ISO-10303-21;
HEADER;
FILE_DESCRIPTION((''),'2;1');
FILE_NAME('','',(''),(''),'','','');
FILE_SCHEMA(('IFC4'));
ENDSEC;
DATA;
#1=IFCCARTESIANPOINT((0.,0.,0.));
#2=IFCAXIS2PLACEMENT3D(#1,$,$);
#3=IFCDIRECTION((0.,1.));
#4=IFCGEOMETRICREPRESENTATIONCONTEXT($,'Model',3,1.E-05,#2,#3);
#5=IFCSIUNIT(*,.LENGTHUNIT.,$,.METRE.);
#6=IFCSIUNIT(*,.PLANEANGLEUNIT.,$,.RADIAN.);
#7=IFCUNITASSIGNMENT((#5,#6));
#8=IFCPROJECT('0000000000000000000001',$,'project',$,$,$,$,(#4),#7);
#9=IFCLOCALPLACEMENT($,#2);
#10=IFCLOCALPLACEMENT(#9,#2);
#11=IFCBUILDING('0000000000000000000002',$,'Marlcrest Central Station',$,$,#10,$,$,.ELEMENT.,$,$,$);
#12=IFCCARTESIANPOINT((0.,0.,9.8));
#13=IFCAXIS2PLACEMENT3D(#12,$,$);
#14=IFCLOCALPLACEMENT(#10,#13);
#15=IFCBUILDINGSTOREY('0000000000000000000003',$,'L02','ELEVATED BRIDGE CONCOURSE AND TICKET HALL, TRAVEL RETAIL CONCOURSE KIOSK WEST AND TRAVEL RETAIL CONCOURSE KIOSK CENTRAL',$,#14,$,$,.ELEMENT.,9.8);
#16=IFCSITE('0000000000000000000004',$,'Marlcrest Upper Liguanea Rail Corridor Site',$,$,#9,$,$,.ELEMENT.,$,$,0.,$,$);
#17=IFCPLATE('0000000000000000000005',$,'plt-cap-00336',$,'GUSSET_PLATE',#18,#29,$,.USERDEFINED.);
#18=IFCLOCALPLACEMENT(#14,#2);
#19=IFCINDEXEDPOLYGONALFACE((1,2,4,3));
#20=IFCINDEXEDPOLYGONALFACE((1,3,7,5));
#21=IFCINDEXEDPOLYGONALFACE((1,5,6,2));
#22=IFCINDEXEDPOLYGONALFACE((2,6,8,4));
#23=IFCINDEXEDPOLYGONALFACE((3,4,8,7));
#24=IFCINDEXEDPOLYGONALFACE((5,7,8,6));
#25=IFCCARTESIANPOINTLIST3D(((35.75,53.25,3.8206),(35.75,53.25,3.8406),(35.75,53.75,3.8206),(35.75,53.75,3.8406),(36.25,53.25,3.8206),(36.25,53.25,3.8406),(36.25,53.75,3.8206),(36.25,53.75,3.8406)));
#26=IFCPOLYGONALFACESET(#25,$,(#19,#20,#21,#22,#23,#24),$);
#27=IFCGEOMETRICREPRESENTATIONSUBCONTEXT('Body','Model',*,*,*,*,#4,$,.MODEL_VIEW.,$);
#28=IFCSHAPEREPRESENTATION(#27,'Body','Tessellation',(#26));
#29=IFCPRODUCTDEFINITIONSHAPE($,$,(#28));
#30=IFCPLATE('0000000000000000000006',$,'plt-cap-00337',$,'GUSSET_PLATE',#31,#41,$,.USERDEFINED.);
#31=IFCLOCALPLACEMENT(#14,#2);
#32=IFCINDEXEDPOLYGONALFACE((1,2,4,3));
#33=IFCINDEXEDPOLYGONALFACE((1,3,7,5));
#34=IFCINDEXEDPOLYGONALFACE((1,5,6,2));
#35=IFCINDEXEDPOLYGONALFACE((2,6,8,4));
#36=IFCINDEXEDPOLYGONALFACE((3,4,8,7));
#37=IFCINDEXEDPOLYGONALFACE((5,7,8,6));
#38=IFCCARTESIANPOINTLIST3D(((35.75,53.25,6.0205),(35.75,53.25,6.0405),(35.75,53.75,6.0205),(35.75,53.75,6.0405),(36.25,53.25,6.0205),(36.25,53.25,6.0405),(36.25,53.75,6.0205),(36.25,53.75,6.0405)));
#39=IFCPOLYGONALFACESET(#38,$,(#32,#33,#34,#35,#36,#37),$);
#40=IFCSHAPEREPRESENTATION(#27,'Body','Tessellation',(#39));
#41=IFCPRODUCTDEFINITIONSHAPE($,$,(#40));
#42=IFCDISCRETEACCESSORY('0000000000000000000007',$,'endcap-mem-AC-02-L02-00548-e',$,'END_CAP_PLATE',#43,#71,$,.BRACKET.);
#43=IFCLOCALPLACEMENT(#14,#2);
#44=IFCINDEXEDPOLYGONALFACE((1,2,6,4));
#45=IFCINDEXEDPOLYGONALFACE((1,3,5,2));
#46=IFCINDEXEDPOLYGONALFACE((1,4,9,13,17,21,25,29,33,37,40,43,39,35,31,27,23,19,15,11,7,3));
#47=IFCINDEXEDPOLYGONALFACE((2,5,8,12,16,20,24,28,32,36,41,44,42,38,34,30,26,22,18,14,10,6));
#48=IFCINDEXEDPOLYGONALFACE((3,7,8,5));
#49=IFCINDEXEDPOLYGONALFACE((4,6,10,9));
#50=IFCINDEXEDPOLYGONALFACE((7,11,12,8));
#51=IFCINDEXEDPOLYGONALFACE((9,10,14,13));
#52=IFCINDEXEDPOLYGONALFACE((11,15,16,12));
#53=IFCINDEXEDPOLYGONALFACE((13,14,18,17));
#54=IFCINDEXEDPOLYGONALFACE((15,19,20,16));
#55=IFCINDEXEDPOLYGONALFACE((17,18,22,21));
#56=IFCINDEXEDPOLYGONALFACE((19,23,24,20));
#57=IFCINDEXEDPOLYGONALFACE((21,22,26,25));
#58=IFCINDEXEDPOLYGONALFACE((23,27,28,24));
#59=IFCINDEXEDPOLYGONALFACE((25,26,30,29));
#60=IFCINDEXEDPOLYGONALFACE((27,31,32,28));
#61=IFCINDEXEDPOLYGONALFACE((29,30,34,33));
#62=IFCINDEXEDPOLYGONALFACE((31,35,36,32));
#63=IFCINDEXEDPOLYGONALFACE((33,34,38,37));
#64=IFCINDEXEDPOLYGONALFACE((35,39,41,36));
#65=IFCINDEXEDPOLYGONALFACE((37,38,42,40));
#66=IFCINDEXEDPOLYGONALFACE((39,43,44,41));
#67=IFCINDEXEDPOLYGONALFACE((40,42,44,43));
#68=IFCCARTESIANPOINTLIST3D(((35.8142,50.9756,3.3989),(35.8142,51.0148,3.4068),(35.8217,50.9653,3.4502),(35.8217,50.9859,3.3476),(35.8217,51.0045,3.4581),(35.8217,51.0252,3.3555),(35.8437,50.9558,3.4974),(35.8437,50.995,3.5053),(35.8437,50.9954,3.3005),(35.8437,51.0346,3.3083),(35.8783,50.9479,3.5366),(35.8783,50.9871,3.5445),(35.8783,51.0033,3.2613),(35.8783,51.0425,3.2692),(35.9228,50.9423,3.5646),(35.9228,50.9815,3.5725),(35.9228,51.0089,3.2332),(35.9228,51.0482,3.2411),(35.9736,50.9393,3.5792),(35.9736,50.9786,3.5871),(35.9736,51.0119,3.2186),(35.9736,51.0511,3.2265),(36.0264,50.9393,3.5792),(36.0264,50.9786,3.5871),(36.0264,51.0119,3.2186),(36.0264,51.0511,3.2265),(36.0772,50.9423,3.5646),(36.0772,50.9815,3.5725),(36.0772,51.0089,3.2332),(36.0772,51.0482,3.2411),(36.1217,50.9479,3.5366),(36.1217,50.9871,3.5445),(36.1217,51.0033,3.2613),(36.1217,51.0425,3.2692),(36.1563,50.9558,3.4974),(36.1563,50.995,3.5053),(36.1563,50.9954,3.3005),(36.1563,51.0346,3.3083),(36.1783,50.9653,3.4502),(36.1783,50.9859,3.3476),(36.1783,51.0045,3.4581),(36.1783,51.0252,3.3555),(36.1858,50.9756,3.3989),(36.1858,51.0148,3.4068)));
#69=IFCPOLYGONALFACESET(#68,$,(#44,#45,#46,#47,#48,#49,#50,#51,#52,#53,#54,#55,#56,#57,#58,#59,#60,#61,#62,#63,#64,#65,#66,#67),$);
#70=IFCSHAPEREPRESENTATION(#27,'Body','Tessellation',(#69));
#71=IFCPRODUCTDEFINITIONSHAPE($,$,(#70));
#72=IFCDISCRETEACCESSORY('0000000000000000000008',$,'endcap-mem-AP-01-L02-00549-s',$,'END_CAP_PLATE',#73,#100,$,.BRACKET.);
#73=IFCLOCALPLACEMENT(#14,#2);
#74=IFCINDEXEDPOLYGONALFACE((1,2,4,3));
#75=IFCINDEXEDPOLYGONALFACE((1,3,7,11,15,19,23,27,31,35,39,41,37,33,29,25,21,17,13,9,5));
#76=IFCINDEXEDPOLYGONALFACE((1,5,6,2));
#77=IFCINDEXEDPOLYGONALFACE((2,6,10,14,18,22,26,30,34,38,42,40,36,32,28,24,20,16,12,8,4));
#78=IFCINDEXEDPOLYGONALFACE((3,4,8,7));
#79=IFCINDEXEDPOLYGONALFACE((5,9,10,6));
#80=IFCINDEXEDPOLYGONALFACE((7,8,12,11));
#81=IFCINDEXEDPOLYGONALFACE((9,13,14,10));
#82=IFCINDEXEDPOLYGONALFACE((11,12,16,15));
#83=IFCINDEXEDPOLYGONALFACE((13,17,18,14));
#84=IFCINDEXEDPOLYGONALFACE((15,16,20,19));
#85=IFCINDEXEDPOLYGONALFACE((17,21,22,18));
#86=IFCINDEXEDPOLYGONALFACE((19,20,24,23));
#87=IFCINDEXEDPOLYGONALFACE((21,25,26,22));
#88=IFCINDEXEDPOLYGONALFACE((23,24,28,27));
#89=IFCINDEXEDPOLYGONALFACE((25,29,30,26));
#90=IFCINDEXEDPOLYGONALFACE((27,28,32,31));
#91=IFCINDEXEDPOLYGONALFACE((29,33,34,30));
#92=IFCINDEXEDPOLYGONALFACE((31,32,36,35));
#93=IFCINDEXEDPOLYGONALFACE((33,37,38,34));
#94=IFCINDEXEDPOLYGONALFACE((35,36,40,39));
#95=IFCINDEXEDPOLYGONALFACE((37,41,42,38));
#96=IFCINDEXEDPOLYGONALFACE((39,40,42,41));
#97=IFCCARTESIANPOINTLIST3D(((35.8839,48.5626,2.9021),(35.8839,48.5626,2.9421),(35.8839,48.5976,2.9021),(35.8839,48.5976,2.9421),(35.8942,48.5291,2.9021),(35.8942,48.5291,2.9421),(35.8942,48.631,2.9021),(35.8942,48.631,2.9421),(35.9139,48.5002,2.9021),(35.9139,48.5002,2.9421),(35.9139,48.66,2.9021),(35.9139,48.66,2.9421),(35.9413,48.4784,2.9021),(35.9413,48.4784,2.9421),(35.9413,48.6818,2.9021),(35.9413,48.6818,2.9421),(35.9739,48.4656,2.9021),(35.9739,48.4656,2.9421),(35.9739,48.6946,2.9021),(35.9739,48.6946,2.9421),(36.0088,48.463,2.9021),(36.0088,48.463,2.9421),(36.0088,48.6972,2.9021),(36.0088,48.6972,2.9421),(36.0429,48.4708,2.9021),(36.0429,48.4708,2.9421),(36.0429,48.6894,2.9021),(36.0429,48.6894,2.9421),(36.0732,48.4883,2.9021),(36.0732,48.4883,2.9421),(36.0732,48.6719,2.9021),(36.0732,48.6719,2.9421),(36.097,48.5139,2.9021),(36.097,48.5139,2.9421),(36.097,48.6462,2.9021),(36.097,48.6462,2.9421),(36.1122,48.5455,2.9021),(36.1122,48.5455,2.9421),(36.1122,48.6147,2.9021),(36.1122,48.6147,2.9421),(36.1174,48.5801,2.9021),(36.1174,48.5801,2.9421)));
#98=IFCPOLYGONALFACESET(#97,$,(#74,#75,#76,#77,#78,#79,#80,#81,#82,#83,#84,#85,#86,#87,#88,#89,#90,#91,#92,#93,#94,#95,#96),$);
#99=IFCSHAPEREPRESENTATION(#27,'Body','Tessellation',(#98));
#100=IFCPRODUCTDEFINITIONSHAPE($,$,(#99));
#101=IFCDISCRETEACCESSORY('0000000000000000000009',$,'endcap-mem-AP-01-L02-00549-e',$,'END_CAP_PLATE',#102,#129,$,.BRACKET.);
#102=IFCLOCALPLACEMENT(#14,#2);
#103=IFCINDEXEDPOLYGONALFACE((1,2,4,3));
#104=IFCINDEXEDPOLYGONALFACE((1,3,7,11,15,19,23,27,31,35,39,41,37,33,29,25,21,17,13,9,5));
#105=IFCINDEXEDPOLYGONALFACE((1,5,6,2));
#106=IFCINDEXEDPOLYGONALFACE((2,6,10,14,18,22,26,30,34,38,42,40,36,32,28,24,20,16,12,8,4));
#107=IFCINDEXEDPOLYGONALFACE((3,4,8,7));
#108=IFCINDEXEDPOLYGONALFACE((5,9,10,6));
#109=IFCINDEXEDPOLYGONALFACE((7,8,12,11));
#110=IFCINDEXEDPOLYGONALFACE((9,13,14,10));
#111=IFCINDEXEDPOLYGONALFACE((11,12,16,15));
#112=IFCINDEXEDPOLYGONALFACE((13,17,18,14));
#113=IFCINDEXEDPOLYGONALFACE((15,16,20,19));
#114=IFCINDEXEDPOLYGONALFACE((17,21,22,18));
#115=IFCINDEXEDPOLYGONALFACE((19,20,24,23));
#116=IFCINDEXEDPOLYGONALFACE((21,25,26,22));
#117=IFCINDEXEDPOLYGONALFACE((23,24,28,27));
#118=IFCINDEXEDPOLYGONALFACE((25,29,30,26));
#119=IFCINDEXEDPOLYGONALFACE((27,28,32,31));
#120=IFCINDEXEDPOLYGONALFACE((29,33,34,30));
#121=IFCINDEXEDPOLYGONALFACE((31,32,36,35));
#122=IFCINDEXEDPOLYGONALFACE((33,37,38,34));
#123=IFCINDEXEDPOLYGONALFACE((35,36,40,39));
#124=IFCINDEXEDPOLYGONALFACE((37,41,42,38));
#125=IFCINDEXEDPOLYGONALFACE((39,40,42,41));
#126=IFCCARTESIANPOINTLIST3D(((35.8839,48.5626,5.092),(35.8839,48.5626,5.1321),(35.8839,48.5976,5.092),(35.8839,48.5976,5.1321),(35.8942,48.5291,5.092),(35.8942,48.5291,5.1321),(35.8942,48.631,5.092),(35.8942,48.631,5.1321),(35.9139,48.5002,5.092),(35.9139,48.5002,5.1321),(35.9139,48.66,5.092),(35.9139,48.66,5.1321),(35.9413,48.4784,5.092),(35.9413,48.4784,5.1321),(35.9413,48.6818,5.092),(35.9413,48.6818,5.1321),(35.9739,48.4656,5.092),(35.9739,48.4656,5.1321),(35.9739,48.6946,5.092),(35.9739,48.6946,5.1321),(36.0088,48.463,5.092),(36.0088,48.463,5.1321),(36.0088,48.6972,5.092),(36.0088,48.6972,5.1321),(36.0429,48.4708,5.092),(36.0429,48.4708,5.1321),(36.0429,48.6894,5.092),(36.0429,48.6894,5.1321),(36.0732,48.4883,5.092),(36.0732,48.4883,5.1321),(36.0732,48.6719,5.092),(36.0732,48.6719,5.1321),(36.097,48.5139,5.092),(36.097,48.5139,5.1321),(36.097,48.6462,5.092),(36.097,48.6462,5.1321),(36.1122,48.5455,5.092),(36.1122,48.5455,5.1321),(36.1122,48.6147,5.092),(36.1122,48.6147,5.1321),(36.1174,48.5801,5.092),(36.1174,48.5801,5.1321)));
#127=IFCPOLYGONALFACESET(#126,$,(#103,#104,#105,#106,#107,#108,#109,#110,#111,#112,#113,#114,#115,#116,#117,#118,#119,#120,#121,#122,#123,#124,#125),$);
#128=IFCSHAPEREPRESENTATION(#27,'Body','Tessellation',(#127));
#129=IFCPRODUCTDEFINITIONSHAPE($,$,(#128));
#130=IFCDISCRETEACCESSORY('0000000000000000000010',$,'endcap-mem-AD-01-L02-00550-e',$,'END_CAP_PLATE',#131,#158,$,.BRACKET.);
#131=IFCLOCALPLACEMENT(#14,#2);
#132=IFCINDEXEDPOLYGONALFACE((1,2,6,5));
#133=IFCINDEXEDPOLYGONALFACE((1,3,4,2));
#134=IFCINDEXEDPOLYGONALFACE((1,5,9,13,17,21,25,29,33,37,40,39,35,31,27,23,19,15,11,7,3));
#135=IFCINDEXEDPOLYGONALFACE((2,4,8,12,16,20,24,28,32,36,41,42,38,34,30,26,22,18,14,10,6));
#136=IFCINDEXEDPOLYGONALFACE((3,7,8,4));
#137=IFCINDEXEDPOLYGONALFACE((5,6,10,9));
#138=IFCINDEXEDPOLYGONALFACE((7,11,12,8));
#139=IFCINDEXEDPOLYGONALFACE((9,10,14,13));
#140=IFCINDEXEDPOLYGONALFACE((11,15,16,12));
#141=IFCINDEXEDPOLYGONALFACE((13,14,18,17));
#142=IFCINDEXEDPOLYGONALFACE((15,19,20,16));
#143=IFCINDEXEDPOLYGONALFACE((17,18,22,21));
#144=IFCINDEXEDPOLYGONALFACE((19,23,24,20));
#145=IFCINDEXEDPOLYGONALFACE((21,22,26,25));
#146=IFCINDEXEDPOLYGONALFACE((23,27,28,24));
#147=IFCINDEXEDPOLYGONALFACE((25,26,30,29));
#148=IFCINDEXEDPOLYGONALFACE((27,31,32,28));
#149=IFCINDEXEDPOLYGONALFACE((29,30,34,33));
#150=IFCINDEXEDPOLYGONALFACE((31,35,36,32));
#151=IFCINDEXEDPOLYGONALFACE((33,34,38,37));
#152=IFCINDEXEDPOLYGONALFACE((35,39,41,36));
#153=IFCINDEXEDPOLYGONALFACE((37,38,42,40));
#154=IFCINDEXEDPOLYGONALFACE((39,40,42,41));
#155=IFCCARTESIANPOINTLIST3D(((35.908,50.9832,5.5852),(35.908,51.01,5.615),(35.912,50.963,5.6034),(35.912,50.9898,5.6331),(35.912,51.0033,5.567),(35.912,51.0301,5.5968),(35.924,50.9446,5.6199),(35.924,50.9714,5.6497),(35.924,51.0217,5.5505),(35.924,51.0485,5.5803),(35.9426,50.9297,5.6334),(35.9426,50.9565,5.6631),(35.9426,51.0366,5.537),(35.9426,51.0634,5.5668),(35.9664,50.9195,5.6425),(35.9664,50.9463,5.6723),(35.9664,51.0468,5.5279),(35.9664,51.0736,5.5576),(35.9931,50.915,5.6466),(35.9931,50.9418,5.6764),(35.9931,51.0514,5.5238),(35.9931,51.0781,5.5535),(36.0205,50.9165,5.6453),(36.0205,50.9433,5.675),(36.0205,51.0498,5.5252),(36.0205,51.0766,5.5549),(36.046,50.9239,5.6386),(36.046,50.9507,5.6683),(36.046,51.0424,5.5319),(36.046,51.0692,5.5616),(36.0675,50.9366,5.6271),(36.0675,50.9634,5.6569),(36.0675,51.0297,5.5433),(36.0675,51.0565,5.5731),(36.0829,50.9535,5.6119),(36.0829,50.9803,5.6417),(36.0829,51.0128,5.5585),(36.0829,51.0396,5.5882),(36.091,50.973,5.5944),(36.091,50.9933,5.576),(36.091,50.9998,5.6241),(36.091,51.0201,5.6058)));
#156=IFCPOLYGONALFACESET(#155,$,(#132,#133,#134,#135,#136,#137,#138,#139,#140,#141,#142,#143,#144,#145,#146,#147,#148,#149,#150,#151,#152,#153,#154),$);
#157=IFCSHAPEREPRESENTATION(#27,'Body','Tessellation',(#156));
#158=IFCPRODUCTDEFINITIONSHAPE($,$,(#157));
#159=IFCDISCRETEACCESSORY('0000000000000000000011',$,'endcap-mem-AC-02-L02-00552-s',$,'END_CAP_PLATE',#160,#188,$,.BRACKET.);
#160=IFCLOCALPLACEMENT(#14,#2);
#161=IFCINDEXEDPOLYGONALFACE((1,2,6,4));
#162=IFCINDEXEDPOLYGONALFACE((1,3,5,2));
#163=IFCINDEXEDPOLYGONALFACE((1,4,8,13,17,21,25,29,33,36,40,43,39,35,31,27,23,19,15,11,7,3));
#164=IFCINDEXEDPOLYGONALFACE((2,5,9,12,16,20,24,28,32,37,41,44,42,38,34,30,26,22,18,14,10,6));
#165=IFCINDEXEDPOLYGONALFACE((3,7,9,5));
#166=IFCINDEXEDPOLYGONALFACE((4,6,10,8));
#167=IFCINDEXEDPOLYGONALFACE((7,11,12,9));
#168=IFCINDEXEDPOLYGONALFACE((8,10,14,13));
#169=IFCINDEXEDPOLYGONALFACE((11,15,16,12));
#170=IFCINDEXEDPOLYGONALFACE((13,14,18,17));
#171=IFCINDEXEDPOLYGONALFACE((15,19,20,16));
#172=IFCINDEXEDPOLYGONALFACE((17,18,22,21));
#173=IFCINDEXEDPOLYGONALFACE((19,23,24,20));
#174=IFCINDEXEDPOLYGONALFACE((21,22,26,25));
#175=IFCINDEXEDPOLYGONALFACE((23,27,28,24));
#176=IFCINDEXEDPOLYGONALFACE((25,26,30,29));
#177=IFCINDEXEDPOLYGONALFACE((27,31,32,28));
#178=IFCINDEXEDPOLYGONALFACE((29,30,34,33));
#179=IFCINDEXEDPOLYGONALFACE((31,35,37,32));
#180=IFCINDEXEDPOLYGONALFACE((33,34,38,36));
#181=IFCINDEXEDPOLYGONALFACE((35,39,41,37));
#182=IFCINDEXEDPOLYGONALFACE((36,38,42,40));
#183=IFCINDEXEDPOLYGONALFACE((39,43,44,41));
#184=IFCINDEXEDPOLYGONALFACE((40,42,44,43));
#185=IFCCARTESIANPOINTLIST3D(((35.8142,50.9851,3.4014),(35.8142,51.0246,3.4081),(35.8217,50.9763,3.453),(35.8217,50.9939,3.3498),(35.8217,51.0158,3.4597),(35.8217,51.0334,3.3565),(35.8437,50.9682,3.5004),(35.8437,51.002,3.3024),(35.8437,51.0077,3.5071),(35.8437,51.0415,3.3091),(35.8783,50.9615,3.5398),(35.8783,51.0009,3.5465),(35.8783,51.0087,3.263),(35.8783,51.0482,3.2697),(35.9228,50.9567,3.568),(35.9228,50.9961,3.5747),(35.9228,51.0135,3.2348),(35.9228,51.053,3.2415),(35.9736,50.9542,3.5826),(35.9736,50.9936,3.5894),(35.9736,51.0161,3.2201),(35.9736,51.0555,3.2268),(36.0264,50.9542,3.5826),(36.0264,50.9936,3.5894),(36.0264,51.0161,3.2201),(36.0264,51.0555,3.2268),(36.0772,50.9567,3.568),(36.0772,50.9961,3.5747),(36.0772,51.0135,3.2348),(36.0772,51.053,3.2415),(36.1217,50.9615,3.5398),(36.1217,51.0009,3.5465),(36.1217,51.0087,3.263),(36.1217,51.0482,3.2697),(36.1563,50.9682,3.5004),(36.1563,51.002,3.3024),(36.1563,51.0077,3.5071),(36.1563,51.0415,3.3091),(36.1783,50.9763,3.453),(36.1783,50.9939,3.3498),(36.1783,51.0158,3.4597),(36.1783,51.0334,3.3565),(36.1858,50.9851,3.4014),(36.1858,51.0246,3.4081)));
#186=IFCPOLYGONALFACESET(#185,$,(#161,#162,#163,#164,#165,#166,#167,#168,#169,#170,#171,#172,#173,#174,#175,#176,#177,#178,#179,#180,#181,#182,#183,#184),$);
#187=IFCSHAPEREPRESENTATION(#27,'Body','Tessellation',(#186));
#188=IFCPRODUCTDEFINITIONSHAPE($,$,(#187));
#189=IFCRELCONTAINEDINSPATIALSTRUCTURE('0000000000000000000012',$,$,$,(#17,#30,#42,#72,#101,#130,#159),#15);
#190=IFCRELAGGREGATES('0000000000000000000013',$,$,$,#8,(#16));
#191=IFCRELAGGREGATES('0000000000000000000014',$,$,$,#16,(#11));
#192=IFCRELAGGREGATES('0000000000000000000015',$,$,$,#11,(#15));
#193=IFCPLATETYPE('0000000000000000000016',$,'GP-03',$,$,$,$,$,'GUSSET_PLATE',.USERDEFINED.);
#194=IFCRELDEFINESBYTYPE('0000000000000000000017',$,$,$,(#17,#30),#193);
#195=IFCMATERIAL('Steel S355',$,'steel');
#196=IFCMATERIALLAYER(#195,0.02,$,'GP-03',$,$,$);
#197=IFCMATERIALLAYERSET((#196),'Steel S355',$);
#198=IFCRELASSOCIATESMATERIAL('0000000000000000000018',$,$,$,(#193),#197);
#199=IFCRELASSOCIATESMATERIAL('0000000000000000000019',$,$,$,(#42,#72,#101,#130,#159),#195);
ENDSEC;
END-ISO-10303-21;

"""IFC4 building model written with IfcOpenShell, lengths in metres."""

from ifc_helpers import new_model, si_unit, direction, frame, origin, origin_2d, place, context, subcontext, project, spatial, rectangle, circle, extrude, material, layer, layer_set, type_object, element, save


model = new_model("IFC4")

# Units and contexts
model_context = context("Model", 3, precision=1e-05, world=origin(), true_north=direction((0.0, 1.0)))
body_context = subcontext(model_context, "Body", "Model", "MODEL_VIEW")
ifc_project = project(units=[si_unit("LENGTHUNIT", "METRE"), si_unit("PLANEANGLEUNIT", "RADIAN")], contexts=[model_context])

# Site, building, storey
site_placement = place(None, origin())
site = spatial("IfcSite", under=ifc_project, at=site_placement, Name="Marlcrest Upper Liguanea Rail Corridor Site", CompositionType="ELEMENT", RefElevation=0.0)
building_placement = place(site_placement, origin())
building = spatial("IfcBuilding", under=site, at=building_placement, Name="Marlcrest Central Station", CompositionType="ELEMENT")
storey_placement = place(building_placement, frame((0.0, 0.0, 9.8)))
storey = spatial("IfcBuildingStorey", under=building, at=storey_placement, Name="L02", Description="ELEVATED BRIDGE CONCOURSE AND TICKET HALL, TRAVEL RETAIL CONCOURSE KIOSK WEST AND TRAVEL RETAIL CONCOURSE KIOSK CENTRAL", CompositionType="ELEMENT", Elevation=9.8)

# Shared definitions
ifc_material = material(Name="Steel S355", Category="steel")

# Plates
ifc_layer = layer(ifc_material, 0.02, Name="GP-03")
ifc_layer_set = layer_set([ifc_layer], Name="Steel S355")
plate_type = type_object("IfcPlateType", Name="GP-03", ElementType="GUSSET_PLATE", PredefinedType="USERDEFINED", material=ifc_layer_set)
for number, where, z_axis, x_axis, name in (
    (1, (36.0, 53.5, 3.8206), (0.0, 0.0, 1.0), (1.0, 0.0, 0.0), "plt-cap-00336"),
    (2, (36.0, 53.5, 6.0205), (0.0, 0.0, 1.0), (1.0, 0.0, 0.0), "plt-cap-00337"),
):
    element("IfcPlate", number, at=place(storey_placement, frame(where, z_axis=z_axis, x_axis=x_axis)), inside=storey, type_object=plate_type, Name=name, ObjectType="GUSSET_PLATE", PredefinedType="USERDEFINED", context=body_context, shape_type="SweptSolid", body=[
        extrude(rectangle(XDim=0.5, YDim=0.5, at=origin_2d()), origin(), (0.0, 0.0, 1.0), 0.02),
    ])

# Discrete accessories
discrete_accessory_1_placement = place(storey_placement, frame((36.0, 50.9756, 3.3989), z_axis=(0.0, 0.980359, 0.197219), x_axis=(-1.0, 0.0, 0.0)))
element("IfcDiscreteAccessory", 3, at=discrete_accessory_1_placement, inside=storey, material=ifc_material, Name="endcap-mem-AC-02-L02-00548-e", ObjectType="END_CAP_PLATE", PredefinedType="BRACKET", context=body_context, shape_type="SweptSolid", body=[
    extrude(circle(Radius=0.1858, at=origin_2d()), origin(), (0.0, 0.0, 1.0), 0.04),
])
for number, where, z_axis, x_axis, name in (
    (4, (36.0, 48.5801, 2.9021), (0.0, 0.0, 1.0), (1.0, 0.0, 0.0), "endcap-mem-AP-01-L02-00549-s"),
    (5, (36.0, 48.5801, 5.092), (0.0, 0.0, 1.0), (1.0, 0.0, 0.0), "endcap-mem-AP-01-L02-00549-e"),
):
    element("IfcDiscreteAccessory", number, at=place(storey_placement, frame(where, z_axis=z_axis, x_axis=x_axis)), inside=storey, material=ifc_material, Name=name, ObjectType="END_CAP_PLATE", PredefinedType="BRACKET", context=body_context, shape_type="SweptSolid", body=[
        extrude(circle(Radius=0.1174, at=origin_2d()), origin(), (0.0, 0.0, 1.0), 0.04),
    ])
discrete_accessory_2_placement = place(storey_placement, frame((36.0, 50.9832, 5.5852), z_axis=(0.0, 0.669244, 0.743042), x_axis=(-1.0, 0.0, 0.0)))
element("IfcDiscreteAccessory", 6, at=discrete_accessory_2_placement, inside=storey, material=ifc_material, Name="endcap-mem-AD-01-L02-00550-e", ObjectType="END_CAP_PLATE", PredefinedType="BRACKET", context=body_context, shape_type="SweptSolid", body=[
    extrude(circle(Radius=0.092, at=origin_2d()), origin(), (0.0, 0.0, 1.0), 0.04),
])
for number, where, z_axis, x_axis, name in (
    (7, (36.0, 50.9851, 3.4014), (0.0, 0.985741, 0.168269), (-1.0, 0.0, 0.0), "endcap-mem-AC-02-L02-00552-s"),
):
    element("IfcDiscreteAccessory", number, at=place(storey_placement, frame(where, z_axis=z_axis, x_axis=x_axis)), inside=storey, material=ifc_material, Name=name, ObjectType="END_CAP_PLATE", PredefinedType="BRACKET", context=body_context, shape_type="SweptSolid", body=[
        extrude(circle(Radius=0.1858, at=origin_2d()), origin(), (0.0, 0.0, 1.0), 0.04),
    ])

save(model, "model.ifc")
